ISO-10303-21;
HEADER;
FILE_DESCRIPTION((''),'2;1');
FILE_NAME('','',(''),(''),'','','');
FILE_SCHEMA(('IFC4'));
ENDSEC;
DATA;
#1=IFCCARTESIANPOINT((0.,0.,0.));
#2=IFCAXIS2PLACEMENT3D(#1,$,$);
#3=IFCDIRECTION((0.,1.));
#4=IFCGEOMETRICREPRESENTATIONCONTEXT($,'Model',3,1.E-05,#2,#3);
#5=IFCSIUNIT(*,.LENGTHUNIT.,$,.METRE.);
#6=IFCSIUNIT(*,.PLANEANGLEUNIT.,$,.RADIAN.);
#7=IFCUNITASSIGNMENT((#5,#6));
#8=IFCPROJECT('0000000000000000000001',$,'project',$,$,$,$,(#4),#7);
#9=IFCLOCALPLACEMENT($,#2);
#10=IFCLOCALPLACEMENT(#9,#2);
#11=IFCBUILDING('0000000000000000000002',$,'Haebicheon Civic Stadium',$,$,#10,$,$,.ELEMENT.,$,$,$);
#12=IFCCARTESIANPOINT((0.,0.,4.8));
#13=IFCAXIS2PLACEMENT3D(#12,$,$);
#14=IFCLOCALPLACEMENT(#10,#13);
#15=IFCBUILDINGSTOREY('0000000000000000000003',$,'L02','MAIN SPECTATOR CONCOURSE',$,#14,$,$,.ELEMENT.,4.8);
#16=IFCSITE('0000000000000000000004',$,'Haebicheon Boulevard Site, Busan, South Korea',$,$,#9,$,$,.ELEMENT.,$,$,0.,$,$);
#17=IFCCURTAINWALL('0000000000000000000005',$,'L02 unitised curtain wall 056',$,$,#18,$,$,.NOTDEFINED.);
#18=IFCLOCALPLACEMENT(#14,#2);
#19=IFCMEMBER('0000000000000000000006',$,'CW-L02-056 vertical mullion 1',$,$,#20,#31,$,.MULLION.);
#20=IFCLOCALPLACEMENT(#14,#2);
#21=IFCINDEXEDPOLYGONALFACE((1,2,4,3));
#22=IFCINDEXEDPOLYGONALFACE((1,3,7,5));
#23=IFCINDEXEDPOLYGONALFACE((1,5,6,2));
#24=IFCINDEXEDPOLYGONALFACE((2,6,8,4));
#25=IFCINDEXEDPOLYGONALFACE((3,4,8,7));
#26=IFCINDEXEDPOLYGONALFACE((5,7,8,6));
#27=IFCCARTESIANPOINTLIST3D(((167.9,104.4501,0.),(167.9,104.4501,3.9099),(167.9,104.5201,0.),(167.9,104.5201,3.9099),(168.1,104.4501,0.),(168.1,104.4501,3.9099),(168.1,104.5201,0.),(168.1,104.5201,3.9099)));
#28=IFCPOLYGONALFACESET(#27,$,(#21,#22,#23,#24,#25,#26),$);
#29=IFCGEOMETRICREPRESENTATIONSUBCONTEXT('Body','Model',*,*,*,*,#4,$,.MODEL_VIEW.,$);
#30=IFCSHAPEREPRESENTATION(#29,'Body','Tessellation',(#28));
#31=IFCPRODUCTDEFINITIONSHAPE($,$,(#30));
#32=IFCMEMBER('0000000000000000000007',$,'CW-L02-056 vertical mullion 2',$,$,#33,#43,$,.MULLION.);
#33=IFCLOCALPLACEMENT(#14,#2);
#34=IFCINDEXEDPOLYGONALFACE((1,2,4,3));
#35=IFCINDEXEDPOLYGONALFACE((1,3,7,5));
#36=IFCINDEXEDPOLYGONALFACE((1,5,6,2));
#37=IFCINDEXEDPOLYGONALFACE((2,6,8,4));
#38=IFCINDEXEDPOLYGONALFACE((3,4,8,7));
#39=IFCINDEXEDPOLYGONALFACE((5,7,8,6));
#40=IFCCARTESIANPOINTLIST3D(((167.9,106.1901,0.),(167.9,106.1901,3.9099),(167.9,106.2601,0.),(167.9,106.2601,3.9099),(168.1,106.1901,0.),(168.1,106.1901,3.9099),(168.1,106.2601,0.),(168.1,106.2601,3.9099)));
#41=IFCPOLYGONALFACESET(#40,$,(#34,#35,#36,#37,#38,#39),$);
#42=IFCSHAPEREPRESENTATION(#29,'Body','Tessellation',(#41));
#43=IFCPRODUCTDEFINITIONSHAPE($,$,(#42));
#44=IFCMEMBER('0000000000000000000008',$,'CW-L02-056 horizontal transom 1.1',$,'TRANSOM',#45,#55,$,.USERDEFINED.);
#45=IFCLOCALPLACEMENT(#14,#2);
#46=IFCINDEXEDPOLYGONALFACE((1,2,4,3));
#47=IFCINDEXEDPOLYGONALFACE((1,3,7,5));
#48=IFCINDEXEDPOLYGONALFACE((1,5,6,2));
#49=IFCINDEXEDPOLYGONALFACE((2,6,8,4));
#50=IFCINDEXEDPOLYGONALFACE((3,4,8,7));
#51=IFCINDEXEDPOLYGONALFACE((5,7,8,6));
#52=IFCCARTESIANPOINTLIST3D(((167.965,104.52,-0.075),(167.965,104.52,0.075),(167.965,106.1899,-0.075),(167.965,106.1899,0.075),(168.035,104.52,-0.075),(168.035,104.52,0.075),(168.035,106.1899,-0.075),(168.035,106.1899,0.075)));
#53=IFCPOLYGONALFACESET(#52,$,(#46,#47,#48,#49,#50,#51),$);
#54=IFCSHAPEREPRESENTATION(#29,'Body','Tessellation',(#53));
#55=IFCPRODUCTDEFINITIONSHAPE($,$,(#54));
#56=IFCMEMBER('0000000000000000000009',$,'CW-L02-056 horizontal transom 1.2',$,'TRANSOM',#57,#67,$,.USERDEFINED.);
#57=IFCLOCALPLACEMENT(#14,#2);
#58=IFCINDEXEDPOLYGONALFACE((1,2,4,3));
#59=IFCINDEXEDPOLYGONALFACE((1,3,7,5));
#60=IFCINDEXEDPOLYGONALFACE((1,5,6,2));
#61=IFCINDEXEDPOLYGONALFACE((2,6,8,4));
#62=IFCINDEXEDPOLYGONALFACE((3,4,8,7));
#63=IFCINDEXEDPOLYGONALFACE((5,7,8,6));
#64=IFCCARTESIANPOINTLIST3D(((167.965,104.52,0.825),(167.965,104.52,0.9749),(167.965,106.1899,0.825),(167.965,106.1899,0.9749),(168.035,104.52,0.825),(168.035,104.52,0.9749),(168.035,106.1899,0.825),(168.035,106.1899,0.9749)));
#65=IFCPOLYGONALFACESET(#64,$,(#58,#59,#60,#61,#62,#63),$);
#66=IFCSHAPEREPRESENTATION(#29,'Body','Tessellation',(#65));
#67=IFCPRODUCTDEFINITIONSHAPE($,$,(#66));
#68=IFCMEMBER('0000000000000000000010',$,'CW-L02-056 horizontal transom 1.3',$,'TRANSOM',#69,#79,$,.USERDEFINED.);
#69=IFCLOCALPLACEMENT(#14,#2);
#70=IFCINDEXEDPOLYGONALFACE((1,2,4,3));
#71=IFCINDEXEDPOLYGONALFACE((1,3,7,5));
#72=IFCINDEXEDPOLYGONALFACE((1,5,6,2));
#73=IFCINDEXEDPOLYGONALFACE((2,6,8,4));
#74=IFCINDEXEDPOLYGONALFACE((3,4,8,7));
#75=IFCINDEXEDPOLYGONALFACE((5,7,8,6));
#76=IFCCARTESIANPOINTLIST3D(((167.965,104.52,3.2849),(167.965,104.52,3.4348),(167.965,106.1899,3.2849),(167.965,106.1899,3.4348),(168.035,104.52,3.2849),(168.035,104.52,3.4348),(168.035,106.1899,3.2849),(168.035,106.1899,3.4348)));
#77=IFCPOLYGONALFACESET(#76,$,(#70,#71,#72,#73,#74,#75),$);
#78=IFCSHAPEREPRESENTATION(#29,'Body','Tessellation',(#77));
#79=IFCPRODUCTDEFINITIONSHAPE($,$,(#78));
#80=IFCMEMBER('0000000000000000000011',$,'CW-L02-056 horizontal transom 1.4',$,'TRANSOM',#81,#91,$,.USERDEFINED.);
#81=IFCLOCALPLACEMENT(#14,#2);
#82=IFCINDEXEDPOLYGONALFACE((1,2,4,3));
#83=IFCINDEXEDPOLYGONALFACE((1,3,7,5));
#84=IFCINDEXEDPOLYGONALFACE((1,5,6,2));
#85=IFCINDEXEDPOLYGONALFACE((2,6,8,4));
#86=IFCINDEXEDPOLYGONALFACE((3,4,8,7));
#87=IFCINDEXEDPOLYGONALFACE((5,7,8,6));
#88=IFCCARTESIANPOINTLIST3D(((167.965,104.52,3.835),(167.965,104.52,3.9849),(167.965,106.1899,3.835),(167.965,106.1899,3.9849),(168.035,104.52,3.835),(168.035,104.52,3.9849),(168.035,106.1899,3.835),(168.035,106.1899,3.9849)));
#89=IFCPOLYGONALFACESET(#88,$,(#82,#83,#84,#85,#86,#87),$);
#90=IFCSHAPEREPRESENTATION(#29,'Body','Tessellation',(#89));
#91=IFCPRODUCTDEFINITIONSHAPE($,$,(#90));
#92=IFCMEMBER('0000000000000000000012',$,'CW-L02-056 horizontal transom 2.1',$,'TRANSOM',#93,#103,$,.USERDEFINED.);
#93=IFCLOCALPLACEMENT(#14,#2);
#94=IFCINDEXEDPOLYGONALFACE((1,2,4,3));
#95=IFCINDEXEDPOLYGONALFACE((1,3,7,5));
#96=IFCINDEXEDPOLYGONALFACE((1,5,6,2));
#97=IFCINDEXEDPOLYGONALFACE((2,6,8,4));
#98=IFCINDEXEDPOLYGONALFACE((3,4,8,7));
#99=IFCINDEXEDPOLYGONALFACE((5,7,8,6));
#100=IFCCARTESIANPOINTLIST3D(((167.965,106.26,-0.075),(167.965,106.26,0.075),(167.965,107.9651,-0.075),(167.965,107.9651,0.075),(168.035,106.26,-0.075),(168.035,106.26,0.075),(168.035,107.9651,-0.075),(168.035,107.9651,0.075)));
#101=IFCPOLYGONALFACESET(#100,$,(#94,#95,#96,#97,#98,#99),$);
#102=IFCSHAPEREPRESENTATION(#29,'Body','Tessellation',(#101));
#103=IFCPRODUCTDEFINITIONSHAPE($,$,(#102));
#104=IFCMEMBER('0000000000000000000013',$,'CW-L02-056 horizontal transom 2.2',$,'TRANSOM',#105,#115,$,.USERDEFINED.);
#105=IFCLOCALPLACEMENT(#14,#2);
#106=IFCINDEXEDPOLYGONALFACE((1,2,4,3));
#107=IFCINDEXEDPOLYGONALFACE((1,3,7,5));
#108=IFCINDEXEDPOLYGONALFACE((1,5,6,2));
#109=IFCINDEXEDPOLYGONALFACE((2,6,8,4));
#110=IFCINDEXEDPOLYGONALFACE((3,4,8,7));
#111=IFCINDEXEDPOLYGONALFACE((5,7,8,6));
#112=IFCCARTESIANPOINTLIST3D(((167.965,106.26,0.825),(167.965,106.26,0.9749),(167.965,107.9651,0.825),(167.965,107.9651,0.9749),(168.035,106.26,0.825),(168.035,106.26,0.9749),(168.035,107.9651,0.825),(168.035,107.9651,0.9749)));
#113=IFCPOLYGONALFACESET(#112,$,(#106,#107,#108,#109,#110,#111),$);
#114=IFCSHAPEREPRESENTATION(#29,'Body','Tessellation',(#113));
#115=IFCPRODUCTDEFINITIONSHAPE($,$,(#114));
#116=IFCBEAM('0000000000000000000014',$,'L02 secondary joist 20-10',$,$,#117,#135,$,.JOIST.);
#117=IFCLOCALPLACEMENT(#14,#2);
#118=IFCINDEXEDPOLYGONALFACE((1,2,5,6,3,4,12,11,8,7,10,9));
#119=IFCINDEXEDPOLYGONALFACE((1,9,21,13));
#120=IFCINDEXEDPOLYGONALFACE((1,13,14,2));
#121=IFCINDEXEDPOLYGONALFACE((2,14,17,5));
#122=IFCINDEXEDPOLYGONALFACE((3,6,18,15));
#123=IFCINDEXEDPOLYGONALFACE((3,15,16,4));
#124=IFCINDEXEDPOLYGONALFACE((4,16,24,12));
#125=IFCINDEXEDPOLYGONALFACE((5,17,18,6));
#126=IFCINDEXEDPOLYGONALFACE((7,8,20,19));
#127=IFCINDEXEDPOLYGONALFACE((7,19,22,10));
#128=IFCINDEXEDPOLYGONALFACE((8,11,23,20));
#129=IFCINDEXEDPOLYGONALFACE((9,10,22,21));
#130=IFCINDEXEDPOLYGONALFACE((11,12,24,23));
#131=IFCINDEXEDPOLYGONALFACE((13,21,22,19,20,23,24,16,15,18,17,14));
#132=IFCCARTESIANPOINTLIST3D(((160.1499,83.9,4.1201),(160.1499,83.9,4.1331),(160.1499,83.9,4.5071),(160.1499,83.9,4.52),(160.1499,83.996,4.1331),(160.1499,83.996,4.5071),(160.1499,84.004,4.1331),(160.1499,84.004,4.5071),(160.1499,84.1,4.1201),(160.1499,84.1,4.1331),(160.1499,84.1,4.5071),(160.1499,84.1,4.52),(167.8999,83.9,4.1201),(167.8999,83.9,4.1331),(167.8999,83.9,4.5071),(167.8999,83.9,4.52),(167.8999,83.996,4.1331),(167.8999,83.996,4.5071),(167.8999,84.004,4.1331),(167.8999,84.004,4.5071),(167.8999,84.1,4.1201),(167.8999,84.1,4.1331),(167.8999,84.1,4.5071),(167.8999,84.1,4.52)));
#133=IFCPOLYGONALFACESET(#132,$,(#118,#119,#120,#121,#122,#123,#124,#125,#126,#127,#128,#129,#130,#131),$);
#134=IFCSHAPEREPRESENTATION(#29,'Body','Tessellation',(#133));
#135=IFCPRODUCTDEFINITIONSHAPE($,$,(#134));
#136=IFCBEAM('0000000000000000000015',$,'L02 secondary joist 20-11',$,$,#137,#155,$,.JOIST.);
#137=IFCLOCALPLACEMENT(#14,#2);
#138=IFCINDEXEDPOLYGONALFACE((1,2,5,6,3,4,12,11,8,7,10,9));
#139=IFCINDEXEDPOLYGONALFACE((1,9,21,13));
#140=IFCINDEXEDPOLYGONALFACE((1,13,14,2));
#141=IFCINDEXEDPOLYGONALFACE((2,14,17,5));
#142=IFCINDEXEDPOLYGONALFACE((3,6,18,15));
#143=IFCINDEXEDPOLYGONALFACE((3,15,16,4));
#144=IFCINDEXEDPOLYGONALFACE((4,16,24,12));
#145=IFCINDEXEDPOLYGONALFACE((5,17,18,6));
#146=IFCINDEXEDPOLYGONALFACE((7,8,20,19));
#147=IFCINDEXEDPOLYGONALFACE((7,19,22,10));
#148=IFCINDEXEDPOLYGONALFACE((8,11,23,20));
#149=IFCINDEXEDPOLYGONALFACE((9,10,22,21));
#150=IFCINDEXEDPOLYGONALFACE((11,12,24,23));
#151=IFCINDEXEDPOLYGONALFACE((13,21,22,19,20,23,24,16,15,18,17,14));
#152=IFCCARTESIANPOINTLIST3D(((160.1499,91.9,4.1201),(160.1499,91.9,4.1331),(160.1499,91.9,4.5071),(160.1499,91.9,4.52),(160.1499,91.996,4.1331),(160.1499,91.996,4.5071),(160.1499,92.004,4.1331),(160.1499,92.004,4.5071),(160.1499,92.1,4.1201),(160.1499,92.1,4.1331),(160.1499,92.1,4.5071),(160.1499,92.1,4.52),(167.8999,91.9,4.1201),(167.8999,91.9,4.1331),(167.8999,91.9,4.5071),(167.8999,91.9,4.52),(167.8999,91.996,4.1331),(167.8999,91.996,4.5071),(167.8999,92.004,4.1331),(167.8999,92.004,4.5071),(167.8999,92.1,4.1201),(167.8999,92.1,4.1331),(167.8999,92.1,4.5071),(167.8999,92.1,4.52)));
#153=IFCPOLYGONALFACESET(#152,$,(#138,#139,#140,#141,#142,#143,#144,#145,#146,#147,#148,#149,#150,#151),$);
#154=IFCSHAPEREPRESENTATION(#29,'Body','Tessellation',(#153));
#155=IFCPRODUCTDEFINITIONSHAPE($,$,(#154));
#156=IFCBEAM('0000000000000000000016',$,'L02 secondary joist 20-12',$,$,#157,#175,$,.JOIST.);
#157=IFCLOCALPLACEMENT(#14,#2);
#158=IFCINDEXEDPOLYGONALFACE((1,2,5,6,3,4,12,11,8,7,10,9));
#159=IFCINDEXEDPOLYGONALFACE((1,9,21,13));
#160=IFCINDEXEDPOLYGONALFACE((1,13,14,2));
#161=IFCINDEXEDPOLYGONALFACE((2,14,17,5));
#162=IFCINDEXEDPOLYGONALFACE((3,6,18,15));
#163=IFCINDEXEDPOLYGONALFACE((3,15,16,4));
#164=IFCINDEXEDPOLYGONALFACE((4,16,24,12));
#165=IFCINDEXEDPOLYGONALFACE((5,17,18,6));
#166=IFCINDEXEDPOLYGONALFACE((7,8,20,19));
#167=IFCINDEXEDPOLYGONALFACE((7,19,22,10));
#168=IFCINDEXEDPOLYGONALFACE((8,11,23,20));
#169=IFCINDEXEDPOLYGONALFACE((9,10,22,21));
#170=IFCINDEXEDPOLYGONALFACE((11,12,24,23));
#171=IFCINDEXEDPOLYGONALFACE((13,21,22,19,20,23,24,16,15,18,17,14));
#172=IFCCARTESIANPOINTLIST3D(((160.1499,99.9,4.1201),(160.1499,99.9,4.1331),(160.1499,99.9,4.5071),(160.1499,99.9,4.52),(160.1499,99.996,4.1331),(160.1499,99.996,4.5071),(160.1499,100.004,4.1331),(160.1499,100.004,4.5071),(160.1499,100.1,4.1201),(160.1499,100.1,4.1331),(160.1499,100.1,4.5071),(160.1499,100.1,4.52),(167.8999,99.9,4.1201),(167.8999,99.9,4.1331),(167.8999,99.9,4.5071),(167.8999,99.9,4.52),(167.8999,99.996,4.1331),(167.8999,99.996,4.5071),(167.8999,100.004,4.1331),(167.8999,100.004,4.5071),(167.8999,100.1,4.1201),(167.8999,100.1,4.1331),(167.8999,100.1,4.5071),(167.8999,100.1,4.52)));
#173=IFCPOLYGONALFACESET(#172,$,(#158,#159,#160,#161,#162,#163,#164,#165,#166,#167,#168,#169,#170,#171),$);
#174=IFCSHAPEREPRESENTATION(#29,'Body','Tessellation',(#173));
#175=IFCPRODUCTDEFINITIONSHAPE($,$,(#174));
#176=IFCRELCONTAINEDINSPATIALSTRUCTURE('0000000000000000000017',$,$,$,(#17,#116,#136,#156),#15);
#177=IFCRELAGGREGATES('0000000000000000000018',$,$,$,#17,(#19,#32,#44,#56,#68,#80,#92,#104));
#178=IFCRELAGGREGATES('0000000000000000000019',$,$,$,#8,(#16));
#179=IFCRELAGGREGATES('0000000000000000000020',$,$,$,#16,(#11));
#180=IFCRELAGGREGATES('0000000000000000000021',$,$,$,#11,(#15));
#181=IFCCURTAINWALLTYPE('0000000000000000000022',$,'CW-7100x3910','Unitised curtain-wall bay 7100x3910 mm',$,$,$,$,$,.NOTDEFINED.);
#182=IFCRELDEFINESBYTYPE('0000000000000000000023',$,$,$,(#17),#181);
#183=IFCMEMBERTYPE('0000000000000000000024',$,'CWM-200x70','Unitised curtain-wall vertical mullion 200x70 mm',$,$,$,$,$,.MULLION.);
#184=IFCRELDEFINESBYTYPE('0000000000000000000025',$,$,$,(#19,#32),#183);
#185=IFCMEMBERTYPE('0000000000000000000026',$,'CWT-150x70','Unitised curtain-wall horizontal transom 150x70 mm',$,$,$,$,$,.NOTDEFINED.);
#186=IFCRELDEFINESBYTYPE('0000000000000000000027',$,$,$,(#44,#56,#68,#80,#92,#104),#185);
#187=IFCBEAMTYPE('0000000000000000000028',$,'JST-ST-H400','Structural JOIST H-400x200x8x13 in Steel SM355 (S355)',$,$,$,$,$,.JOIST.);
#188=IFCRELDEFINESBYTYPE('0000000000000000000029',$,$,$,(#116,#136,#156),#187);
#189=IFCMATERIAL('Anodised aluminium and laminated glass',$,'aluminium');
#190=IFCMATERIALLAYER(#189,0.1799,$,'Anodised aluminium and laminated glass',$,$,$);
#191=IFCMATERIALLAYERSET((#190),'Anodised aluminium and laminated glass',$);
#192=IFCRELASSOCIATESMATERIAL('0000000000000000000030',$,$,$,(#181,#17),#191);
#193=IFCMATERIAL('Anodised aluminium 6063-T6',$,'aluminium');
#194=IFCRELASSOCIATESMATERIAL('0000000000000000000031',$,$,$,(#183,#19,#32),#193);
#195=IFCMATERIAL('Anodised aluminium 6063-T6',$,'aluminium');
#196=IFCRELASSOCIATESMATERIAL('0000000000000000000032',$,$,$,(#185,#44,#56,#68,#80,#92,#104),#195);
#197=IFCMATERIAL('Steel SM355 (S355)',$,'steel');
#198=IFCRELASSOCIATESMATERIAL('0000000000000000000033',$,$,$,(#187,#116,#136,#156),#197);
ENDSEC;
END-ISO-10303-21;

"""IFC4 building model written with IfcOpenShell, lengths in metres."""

from ifc_helpers import new_model, si_unit, direction, frame, origin, origin_2d, place, context, subcontext, project, spatial, rectangle, i_section, extrude, material, layer, layer_set, material_profile, profile_set, type_object, element, aggregate, save


model = new_model("IFC4")

# Units and contexts
model_context = context("Model", 3, precision=1e-05, world=origin(), true_north=direction((0.0, 1.0)))
body_context = subcontext(model_context, "Body", "Model", "MODEL_VIEW")
ifc_project = project(units=[si_unit("LENGTHUNIT", "METRE"), si_unit("PLANEANGLEUNIT", "RADIAN")], contexts=[model_context])

# Site, building, storey
site_placement = place(None, origin())
site = spatial("IfcSite", under=ifc_project, at=site_placement, Name="Haebicheon Boulevard Site, Busan, South Korea", CompositionType="ELEMENT", RefElevation=0.0)
building_placement = place(site_placement, origin())
building = spatial("IfcBuilding", under=site, at=building_placement, Name="Haebicheon Civic Stadium", CompositionType="ELEMENT")
storey_placement = place(building_placement, frame((0.0, 0.0, 4.8)))
storey = spatial("IfcBuildingStorey", under=building, at=storey_placement, Name="L02", Description="MAIN SPECTATOR CONCOURSE", CompositionType="ELEMENT", Elevation=4.8)

# Curtain wall, members
ifc_material_1 = material(Name="Anodised aluminium and laminated glass", Category="aluminium")
ifc_layer_1 = layer(ifc_material_1, 0.1799, Name="Anodised aluminium and laminated glass")
ifc_layer_set_1 = layer_set([ifc_layer_1], Name="Anodised aluminium and laminated glass")
curtain_wall_type = type_object("IfcCurtainWallType", Name="CW-7100x3910", Description="Unitised curtain-wall bay 7100x3910 mm", PredefinedType="NOTDEFINED", material=ifc_layer_set_1)
curtain_wall_placement = place(storey_placement, origin())
curtain_wall = element("IfcCurtainWall", 1, at=curtain_wall_placement, inside=storey, type_object=curtain_wall_type, material=ifc_layer_set_1, Name="L02 unitised curtain wall 056", PredefinedType="NOTDEFINED")
ifc_material_2 = material(Name="Anodised aluminium 6063-T6", Category="aluminium")
ifc_material_profile_1 = material_profile(ifc_material_2, rectangle(XDim=0.0701, YDim=0.2, at=origin_2d()), Name="ALU-MULL-70x200")
ifc_profile_set_1 = profile_set([ifc_material_profile_1], Name="Anodised aluminium 6063-T6")
member_type_1 = type_object("IfcMemberType", Name="CWM-200x70", Description="Unitised curtain-wall vertical mullion 200x70 mm", PredefinedType="MULLION", material=ifc_profile_set_1)
member_1_placement = place(storey_placement, frame((168.0, 104.4851, 0.0), z_axis=(0.0, 0.0, 1.0), x_axis=(0.0, 1.0, 0.0)))
member_1 = element("IfcMember", 2, at=member_1_placement, type_object=member_type_1, material=ifc_profile_set_1, Name="CW-L02-056 vertical mullion 1", PredefinedType="MULLION", context=body_context, shape_type="SweptSolid", body=[
    extrude(rectangle(XDim=0.0701, YDim=0.2, at=origin_2d()), origin(), (0.0, 0.0, 1.0), 3.9099),
])
member_2_placement = place(storey_placement, frame((168.0, 106.2251, 0.0), z_axis=(0.0, 0.0, 1.0), x_axis=(0.0, 1.0, 0.0)))
member_2 = element("IfcMember", 3, at=member_2_placement, type_object=member_type_1, material=ifc_profile_set_1, Name="CW-L02-056 vertical mullion 2", PredefinedType="MULLION", context=body_context, shape_type="SweptSolid", body=[
    extrude(rectangle(XDim=0.0701, YDim=0.2, at=origin_2d()), origin(), (0.0, 0.0, 1.0), 3.9099),
])
ifc_material_3 = material(Name="Anodised aluminium 6063-T6", Category="aluminium")
ifc_material_profile_2 = material_profile(ifc_material_3, rectangle(XDim=0.0701, YDim=0.1499, at=origin_2d()), Name="ALU-TRAN-70x150")
ifc_profile_set_2 = profile_set([ifc_material_profile_2], Name="Anodised aluminium 6063-T6")
member_type_2 = type_object("IfcMemberType", Name="CWT-150x70", Description="Unitised curtain-wall horizontal transom 150x70 mm", PredefinedType="NOTDEFINED", material=ifc_profile_set_2)
member_3_placement = place(storey_placement, frame((168.0, 104.52, 0.0), z_axis=(0.0, 1.0, 0.0), x_axis=(-1.0, 0.0, 0.0)))
member_3 = element("IfcMember", 4, at=member_3_placement, type_object=member_type_2, material=ifc_profile_set_2, Name="CW-L02-056 horizontal transom 1.1", ObjectType="TRANSOM", PredefinedType="USERDEFINED", context=body_context, shape_type="SweptSolid", body=[
    extrude(rectangle(XDim=0.0701, YDim=0.1499, at=origin_2d()), origin(), (0.0, 0.0, 1.0), 1.6699),
])
member_4_placement = place(storey_placement, frame((168.0, 104.52, 0.8999), z_axis=(0.0, 1.0, 0.0), x_axis=(-1.0, 0.0, 0.0)))
member_4 = element("IfcMember", 5, at=member_4_placement, type_object=member_type_2, material=ifc_profile_set_2, Name="CW-L02-056 horizontal transom 1.2", ObjectType="TRANSOM", PredefinedType="USERDEFINED", context=body_context, shape_type="SweptSolid", body=[
    extrude(rectangle(XDim=0.0701, YDim=0.1499, at=origin_2d()), origin(), (0.0, 0.0, 1.0), 1.6699),
])
member_5_placement = place(storey_placement, frame((168.0, 104.52, 3.3599), z_axis=(0.0, 1.0, 0.0), x_axis=(-1.0, 0.0, 0.0)))
member_5 = element("IfcMember", 6, at=member_5_placement, type_object=member_type_2, material=ifc_profile_set_2, Name="CW-L02-056 horizontal transom 1.3", ObjectType="TRANSOM", PredefinedType="USERDEFINED", context=body_context, shape_type="SweptSolid", body=[
    extrude(rectangle(XDim=0.0701, YDim=0.1499, at=origin_2d()), origin(), (0.0, 0.0, 1.0), 1.6699),
])
member_6_placement = place(storey_placement, frame((168.0, 104.52, 3.9099), z_axis=(0.0, 1.0, 0.0), x_axis=(-1.0, 0.0, 0.0)))
member_6 = element("IfcMember", 7, at=member_6_placement, type_object=member_type_2, material=ifc_profile_set_2, Name="CW-L02-056 horizontal transom 1.4", ObjectType="TRANSOM", PredefinedType="USERDEFINED", context=body_context, shape_type="SweptSolid", body=[
    extrude(rectangle(XDim=0.0701, YDim=0.1499, at=origin_2d()), origin(), (0.0, 0.0, 1.0), 1.6699),
])
member_7_placement = place(storey_placement, frame((168.0, 106.26, 0.0), z_axis=(0.0, 1.0, 0.0), x_axis=(-1.0, 0.0, 0.0)))
member_7 = element("IfcMember", 8, at=member_7_placement, type_object=member_type_2, material=ifc_profile_set_2, Name="CW-L02-056 horizontal transom 2.1", ObjectType="TRANSOM", PredefinedType="USERDEFINED", context=body_context, shape_type="SweptSolid", body=[
    extrude(rectangle(XDim=0.0701, YDim=0.1499, at=origin_2d()), origin(), (0.0, 0.0, 1.0), 1.7051),
])
member_8_placement = place(storey_placement, frame((168.0, 106.26, 0.8999), z_axis=(0.0, 1.0, 0.0), x_axis=(-1.0, 0.0, 0.0)))
member_8 = element("IfcMember", 9, at=member_8_placement, type_object=member_type_2, material=ifc_profile_set_2, Name="CW-L02-056 horizontal transom 2.2", ObjectType="TRANSOM", PredefinedType="USERDEFINED", context=body_context, shape_type="SweptSolid", body=[
    extrude(rectangle(XDim=0.0701, YDim=0.1499, at=origin_2d()), origin(), (0.0, 0.0, 1.0), 1.7051),
])

# Beams
ifc_material_4 = material(Name="Steel SM355 (S355)", Category="steel")
ifc_material_profile_3 = material_profile(ifc_material_4, i_section(OverallWidth=0.2, OverallDepth=0.3999, WebThickness=0.0081, FlangeThickness=0.0129, at=origin_2d()), Name="H-400x200x8x13")
ifc_profile_set_3 = profile_set([ifc_material_profile_3], Name="Steel SM355 (S355)")
beam_type_1 = type_object("IfcBeamType", Name="JST-ST-H400", Description="Structural JOIST H-400x200x8x13 in Steel SM355 (S355)", PredefinedType="JOIST", material=ifc_profile_set_3)
for number, where, z_axis, x_axis, name in (
    (10, (160.1499, 84.0, 4.3201), (1.0, 0.0, 0.0), (0.0, 1.0, 0.0), "L02 secondary joist 20-10"),
    (11, (160.1499, 92.0, 4.3201), (1.0, 0.0, 0.0), (0.0, 1.0, 0.0), "L02 secondary joist 20-11"),
    (12, (160.1499, 100.0, 4.3201), (1.0, 0.0, 0.0), (0.0, 1.0, 0.0), "L02 secondary joist 20-12"),
):
    element("IfcBeam", number, at=place(storey_placement, frame(where, z_axis=z_axis, x_axis=x_axis)), inside=storey, type_object=beam_type_1, material=ifc_profile_set_3, Name=name, PredefinedType="JOIST", context=body_context, shape_type="SweptSolid", body=[
        extrude(i_section(OverallWidth=0.2, OverallDepth=0.3999, WebThickness=0.0081, FlangeThickness=0.0129, at=origin_2d()), origin(), (0.0, 0.0, 1.0), 7.75),
    ])

aggregate(curtain_wall, [member_1, member_2, member_3, member_4, member_5, member_6, member_7, member_8])

save(model, "model.ifc")
